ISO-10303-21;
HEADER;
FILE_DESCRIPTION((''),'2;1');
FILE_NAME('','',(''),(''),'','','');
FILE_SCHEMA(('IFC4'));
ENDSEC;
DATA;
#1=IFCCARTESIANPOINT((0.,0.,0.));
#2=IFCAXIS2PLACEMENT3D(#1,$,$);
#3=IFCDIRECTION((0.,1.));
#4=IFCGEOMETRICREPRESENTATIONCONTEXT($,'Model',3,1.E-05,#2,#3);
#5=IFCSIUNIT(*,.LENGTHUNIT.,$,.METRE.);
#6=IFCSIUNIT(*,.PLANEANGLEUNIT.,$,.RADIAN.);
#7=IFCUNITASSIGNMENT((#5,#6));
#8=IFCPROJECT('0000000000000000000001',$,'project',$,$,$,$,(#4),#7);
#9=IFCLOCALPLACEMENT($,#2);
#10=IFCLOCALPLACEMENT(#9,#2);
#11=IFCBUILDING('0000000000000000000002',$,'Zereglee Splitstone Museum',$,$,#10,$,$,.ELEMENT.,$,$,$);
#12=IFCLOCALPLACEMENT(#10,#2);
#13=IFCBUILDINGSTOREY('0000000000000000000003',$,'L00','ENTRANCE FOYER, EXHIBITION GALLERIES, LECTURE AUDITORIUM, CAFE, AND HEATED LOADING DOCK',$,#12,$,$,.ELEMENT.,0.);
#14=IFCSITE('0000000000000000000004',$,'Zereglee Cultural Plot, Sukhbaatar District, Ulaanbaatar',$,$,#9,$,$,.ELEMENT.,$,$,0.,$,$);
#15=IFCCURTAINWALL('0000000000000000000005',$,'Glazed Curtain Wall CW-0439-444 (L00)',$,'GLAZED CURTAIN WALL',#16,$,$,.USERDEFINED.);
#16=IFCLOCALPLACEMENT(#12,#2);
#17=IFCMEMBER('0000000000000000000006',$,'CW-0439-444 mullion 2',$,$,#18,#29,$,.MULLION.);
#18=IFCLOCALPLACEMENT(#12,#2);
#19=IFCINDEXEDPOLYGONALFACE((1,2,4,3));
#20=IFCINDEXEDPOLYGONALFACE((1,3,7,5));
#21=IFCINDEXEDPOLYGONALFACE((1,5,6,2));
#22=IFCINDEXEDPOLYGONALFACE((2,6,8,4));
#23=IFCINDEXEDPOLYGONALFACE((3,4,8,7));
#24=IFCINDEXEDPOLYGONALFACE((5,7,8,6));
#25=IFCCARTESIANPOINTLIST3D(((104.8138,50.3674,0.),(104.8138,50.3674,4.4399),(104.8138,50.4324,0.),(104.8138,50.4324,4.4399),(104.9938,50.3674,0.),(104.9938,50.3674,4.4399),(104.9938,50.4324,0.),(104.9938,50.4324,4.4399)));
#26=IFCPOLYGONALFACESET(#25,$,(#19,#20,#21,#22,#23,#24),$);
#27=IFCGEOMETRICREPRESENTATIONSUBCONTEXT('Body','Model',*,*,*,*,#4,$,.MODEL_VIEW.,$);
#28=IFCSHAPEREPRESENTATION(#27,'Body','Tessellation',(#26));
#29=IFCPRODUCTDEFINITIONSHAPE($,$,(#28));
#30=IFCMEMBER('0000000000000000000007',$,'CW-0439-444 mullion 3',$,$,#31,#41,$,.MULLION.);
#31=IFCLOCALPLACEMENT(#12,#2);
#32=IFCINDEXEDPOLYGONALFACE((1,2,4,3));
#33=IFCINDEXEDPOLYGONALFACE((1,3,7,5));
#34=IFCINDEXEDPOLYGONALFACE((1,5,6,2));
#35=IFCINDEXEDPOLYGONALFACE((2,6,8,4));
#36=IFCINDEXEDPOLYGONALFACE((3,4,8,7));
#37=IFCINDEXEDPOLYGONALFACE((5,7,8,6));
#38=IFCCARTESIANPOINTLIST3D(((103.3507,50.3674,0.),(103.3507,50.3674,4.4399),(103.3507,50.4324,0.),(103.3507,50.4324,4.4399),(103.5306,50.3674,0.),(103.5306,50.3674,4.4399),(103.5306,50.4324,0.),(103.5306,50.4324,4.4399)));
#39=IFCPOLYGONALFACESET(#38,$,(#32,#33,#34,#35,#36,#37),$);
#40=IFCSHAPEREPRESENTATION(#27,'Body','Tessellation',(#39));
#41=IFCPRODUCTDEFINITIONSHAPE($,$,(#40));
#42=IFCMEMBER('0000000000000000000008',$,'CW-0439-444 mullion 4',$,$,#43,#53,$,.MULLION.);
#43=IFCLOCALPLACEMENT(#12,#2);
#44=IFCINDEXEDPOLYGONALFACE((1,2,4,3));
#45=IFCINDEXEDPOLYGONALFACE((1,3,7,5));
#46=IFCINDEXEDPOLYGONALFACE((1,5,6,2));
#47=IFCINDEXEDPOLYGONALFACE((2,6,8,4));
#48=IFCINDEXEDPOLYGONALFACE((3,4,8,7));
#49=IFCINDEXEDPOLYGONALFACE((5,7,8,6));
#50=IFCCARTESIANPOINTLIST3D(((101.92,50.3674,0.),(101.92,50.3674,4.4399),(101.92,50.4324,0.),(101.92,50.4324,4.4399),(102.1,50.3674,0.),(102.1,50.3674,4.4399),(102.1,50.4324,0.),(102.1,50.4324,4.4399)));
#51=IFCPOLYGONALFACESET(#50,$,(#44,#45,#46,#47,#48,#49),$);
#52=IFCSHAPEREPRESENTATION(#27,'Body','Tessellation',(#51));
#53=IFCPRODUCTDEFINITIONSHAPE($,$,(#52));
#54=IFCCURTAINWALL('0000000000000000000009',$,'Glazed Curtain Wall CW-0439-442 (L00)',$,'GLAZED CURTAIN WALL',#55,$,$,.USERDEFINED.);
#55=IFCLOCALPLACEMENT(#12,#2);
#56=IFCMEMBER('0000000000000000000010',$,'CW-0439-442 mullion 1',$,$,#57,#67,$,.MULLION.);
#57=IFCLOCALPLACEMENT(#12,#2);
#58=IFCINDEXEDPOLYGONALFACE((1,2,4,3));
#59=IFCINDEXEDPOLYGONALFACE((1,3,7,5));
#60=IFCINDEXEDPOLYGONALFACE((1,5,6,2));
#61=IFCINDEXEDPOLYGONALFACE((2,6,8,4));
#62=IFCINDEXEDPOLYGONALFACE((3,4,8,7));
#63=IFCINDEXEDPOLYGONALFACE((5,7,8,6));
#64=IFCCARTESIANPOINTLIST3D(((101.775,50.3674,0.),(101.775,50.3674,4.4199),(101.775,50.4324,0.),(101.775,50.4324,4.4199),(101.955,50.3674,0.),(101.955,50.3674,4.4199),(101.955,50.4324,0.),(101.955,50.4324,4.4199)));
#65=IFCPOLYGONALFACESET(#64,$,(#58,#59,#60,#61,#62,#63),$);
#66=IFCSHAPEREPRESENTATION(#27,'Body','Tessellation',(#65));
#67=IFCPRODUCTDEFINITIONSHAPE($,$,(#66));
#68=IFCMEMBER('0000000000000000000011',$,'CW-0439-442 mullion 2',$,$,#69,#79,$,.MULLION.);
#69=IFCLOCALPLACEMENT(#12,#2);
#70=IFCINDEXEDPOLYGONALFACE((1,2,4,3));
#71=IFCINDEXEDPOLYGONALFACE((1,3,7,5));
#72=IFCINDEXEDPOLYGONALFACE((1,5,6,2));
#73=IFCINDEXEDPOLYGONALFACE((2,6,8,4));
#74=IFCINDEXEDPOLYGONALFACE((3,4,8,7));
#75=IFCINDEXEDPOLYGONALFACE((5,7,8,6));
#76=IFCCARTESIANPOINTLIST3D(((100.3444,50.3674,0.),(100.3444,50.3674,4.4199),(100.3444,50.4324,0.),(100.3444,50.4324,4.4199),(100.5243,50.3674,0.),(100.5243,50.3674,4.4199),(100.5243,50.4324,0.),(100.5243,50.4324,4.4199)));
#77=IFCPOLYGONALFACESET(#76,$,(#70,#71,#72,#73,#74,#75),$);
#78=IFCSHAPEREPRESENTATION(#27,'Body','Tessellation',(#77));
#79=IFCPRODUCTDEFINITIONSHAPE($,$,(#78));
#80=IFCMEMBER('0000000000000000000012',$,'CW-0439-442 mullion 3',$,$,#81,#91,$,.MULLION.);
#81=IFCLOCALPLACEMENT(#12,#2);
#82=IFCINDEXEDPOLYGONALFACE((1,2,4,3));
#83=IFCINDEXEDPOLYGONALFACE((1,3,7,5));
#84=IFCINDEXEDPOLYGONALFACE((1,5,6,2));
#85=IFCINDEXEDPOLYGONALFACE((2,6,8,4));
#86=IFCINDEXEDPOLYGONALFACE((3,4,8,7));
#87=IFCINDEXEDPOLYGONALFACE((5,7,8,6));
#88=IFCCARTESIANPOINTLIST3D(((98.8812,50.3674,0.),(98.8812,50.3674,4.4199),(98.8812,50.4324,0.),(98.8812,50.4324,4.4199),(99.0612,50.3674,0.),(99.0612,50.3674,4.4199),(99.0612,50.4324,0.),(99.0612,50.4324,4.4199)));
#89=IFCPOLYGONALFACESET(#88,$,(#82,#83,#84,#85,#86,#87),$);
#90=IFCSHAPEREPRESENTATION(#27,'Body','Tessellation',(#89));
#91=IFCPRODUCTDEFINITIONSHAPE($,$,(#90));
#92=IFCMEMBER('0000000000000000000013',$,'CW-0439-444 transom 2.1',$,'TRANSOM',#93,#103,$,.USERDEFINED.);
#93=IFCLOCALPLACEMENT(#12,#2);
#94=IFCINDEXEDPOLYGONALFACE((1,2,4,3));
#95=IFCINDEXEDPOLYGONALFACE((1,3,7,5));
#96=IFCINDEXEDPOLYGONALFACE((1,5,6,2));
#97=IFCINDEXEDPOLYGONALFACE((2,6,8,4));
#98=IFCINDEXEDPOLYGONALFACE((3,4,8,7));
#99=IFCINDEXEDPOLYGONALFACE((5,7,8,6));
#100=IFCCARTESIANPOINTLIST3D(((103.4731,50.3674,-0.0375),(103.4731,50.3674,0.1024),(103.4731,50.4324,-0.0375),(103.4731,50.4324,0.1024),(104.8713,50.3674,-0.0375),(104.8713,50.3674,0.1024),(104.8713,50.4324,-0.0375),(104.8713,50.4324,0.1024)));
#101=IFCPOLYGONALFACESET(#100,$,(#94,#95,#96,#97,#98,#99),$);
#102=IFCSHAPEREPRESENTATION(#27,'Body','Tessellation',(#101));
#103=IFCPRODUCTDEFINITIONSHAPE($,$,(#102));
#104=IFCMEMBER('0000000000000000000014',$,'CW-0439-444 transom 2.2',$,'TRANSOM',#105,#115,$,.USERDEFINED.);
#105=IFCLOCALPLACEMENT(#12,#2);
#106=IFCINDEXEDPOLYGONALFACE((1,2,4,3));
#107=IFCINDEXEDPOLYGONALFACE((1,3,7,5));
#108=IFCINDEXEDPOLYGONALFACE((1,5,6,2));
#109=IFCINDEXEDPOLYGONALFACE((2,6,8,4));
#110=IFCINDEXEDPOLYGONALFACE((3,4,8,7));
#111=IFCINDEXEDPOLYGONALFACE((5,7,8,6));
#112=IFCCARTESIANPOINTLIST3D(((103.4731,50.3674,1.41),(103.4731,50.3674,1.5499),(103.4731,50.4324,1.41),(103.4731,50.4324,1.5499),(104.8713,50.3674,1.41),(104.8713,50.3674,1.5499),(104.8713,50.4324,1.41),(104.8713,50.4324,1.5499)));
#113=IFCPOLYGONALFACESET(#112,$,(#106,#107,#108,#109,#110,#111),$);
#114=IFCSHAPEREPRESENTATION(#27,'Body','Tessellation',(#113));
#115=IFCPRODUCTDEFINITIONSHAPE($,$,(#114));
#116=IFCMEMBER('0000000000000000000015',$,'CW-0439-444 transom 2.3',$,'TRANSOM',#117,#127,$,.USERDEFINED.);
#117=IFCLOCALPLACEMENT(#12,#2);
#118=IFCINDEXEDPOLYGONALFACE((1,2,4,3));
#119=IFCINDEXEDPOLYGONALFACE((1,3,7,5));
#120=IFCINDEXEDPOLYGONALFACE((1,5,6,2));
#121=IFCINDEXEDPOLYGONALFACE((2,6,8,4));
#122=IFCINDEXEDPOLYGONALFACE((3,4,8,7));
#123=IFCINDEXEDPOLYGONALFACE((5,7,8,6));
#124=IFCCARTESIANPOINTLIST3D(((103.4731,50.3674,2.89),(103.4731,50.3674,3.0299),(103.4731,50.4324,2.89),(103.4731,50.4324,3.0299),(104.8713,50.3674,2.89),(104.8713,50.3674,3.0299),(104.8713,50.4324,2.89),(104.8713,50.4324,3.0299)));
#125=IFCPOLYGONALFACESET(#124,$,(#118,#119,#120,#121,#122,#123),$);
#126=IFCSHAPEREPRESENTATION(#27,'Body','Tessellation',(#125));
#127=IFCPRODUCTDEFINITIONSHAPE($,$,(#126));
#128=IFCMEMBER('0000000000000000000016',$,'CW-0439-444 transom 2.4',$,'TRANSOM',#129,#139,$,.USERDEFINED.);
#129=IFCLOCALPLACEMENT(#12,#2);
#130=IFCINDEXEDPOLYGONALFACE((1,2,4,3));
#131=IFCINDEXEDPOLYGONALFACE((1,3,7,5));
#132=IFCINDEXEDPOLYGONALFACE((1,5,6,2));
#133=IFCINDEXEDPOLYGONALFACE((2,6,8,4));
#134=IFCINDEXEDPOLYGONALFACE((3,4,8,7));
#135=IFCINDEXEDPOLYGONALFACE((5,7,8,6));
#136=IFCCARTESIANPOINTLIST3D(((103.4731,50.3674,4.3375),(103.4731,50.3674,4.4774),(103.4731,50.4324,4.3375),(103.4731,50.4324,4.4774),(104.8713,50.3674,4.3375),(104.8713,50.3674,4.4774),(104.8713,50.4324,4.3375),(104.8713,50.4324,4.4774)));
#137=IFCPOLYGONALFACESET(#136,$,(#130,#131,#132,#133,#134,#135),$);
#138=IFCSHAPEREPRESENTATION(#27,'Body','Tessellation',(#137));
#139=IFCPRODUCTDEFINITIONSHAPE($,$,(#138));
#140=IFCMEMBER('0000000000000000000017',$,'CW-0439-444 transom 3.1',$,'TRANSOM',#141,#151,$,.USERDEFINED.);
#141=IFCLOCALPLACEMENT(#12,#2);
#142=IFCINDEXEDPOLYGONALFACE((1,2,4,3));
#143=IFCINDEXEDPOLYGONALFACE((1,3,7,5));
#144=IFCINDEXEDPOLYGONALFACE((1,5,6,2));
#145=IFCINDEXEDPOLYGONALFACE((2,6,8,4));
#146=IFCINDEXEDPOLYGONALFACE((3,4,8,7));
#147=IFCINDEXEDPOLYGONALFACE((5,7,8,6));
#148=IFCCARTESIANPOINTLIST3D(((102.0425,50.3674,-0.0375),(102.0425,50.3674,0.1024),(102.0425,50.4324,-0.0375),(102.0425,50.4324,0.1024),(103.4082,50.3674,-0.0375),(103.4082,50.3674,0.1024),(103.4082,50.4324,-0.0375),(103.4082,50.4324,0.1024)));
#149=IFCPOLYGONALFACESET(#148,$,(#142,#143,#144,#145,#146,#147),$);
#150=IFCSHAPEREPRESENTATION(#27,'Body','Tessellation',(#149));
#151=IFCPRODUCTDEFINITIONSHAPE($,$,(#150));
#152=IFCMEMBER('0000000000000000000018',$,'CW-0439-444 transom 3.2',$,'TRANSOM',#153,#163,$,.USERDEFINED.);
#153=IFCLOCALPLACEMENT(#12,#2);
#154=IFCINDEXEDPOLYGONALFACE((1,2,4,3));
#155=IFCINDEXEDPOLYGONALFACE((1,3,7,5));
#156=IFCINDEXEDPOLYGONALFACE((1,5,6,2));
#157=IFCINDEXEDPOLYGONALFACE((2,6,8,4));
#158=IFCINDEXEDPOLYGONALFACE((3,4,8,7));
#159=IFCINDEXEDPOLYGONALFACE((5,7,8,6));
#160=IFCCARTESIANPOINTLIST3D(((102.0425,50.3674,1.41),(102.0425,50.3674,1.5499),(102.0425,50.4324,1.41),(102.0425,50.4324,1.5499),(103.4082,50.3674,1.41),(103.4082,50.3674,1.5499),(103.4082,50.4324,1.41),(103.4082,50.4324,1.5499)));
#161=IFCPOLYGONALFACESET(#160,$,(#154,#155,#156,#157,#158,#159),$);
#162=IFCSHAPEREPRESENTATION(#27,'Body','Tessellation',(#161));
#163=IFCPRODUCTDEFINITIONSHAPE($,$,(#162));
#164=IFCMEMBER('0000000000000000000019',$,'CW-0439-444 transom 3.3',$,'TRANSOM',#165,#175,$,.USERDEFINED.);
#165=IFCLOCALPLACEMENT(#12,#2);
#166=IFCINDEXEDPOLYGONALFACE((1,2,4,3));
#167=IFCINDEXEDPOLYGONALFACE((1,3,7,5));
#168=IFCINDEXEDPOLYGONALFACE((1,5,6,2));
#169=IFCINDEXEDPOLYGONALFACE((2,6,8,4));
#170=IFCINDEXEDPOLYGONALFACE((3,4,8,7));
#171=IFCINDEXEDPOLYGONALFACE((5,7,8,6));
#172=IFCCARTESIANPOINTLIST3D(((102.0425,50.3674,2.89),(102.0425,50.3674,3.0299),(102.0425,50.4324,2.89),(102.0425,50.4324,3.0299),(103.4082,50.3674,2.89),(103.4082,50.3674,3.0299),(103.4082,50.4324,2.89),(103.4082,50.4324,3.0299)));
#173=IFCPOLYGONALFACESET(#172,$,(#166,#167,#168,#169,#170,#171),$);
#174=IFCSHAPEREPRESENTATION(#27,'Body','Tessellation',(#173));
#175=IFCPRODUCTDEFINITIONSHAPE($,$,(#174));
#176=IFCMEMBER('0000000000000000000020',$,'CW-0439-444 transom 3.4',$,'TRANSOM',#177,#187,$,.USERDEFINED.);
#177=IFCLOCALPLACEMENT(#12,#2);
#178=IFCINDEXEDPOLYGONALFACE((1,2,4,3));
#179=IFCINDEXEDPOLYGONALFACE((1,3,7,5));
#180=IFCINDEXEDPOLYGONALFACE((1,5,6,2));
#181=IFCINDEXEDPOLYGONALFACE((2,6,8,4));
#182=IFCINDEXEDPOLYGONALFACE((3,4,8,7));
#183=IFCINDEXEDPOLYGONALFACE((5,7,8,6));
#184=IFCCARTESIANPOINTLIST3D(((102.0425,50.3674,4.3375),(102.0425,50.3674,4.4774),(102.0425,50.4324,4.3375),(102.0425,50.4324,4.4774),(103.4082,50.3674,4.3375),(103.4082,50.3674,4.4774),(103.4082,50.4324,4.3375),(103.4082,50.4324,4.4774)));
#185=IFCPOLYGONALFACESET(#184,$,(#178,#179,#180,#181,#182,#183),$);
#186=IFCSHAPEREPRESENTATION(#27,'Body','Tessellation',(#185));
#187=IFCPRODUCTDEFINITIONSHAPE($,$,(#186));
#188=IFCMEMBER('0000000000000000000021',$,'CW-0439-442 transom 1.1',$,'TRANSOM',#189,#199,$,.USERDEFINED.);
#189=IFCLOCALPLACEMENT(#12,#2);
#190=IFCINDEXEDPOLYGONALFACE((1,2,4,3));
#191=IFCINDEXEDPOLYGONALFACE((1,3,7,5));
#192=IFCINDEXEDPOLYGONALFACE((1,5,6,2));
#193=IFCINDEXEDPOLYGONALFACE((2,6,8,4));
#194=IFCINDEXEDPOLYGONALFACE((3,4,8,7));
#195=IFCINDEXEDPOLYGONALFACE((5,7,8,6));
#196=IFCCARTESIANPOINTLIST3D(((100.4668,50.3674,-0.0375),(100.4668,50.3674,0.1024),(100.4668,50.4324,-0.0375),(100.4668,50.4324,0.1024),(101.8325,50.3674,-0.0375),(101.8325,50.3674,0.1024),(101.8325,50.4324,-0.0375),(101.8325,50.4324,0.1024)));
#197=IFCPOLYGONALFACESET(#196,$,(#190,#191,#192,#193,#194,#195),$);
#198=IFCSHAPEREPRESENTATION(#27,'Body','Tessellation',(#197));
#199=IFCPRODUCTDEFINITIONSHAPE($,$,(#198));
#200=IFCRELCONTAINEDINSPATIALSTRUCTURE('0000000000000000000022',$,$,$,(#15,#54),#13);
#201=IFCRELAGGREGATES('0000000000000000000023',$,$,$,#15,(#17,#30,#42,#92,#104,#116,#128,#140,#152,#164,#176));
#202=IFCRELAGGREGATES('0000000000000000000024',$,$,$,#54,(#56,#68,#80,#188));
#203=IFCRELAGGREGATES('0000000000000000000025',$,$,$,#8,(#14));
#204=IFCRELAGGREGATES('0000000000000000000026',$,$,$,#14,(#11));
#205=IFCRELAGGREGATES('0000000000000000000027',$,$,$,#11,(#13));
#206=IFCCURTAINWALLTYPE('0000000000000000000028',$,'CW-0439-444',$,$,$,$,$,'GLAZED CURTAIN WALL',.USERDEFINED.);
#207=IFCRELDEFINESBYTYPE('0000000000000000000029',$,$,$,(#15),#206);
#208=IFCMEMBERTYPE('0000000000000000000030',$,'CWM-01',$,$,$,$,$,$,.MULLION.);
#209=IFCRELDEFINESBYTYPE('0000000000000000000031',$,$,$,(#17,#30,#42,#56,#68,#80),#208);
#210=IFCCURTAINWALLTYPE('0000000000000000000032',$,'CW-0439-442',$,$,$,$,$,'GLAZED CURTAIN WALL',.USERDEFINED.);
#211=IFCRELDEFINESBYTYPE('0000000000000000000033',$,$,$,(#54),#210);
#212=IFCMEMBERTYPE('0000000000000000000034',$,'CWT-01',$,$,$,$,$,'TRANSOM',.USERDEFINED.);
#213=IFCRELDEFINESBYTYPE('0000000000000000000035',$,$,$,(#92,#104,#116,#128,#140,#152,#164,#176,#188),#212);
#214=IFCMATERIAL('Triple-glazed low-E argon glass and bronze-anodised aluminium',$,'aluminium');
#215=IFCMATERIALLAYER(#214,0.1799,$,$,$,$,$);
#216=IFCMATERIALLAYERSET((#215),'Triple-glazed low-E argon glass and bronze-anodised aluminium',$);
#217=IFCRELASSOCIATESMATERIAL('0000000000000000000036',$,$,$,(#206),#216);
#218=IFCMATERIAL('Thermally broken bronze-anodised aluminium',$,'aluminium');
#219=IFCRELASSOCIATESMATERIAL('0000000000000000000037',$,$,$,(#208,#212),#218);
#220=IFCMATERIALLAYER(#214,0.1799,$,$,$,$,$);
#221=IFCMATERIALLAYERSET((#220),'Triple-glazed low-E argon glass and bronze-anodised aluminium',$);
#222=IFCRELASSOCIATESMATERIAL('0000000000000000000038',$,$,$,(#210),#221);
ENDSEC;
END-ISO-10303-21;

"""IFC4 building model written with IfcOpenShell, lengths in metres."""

from ifc_helpers import new_model, si_unit, direction, frame, origin, origin_2d, place, context, subcontext, project, spatial, rectangle, extrude, material, layer, layer_set, material_profile, profile_set, type_object, element, aggregate, save


model = new_model("IFC4")

# Units and contexts
model_context = context("Model", 3, precision=1e-05, world=origin(), true_north=direction((0.0, 1.0)))
body_context = subcontext(model_context, "Body", "Model", "MODEL_VIEW")
ifc_project = project(units=[si_unit("LENGTHUNIT", "METRE"), si_unit("PLANEANGLEUNIT", "RADIAN")], contexts=[model_context])

# Site, building, storey
site_placement = place(None, origin())
site = spatial("IfcSite", under=ifc_project, at=site_placement, Name="Zereglee Cultural Plot, Sukhbaatar District, Ulaanbaatar", CompositionType="ELEMENT", RefElevation=0.0)
building_placement = place(site_placement, origin())
building = spatial("IfcBuilding", under=site, at=building_placement, Name="Zereglee Splitstone Museum", CompositionType="ELEMENT")
storey_placement = place(building_placement, origin())
storey = spatial("IfcBuildingStorey", under=building, at=storey_placement, Name="L00", Description="ENTRANCE FOYER, EXHIBITION GALLERIES, LECTURE AUDITORIUM, CAFE, AND HEATED LOADING DOCK", CompositionType="ELEMENT", Elevation=0.0)

# Curtain walls, members
ifc_material_1 = material(Name="Triple-glazed low-E argon glass and bronze-anodised aluminium", Category="aluminium")
ifc_layer_1 = layer(ifc_material_1, 0.1799)
ifc_layer_set_1 = layer_set([ifc_layer_1], Name="Triple-glazed low-E argon glass and bronze-anodised aluminium")
curtain_wall_type_1 = type_object("IfcCurtainWallType", Name="CW-0439-444", ElementType="GLAZED CURTAIN WALL", PredefinedType="USERDEFINED", material=ifc_layer_set_1)
curtain_wall_1_placement = place(storey_placement, origin())
curtain_wall_1 = element("IfcCurtainWall", 1, at=curtain_wall_1_placement, inside=storey, type_object=curtain_wall_type_1, Name="Glazed Curtain Wall CW-0439-444 (L00)", ObjectType="GLAZED CURTAIN WALL", PredefinedType="USERDEFINED")
ifc_material_2 = material(Name="Thermally broken bronze-anodised aluminium", Category="aluminium")
ifc_material_profile_1 = material_profile(ifc_material_2, rectangle(XDim=0.0649, YDim=0.1799, at=origin_2d()), Name="CW MULL 65x180")
ifc_profile_set_1 = profile_set([ifc_material_profile_1], Name="Thermally broken bronze-anodised aluminium")
member_type_1 = type_object("IfcMemberType", Name="CWM-01", PredefinedType="MULLION", material=ifc_profile_set_1)
member_1_placement = place(storey_placement, frame((104.9038, 50.3999, 0.0), z_axis=(0.0, 0.0, 1.0), x_axis=(0.0, -1.0, 0.0)))
member_1 = element("IfcMember", 2, at=member_1_placement, type_object=member_type_1, Name="CW-0439-444 mullion 2", PredefinedType="MULLION", context=body_context, shape_type="SweptSolid", body=[
    extrude(rectangle(XDim=0.0649, YDim=0.1799, at=origin_2d()), origin(), (0.0, 0.0, 1.0), 4.4399),
])
member_2_placement = place(storey_placement, frame((103.4407, 50.3999, 0.0), z_axis=(0.0, 0.0, 1.0), x_axis=(0.0, -1.0, 0.0)))
member_2 = element("IfcMember", 3, at=member_2_placement, type_object=member_type_1, Name="CW-0439-444 mullion 3", PredefinedType="MULLION", context=body_context, shape_type="SweptSolid", body=[
    extrude(rectangle(XDim=0.0649, YDim=0.1799, at=origin_2d()), origin(), (0.0, 0.0, 1.0), 4.4399),
])
member_3_placement = place(storey_placement, frame((102.01, 50.3999, 0.0), z_axis=(0.0, 0.0, 1.0), x_axis=(0.0, -1.0, 0.0)))
member_3 = element("IfcMember", 4, at=member_3_placement, type_object=member_type_1, Name="CW-0439-444 mullion 4", PredefinedType="MULLION", context=body_context, shape_type="SweptSolid", body=[
    extrude(rectangle(XDim=0.0649, YDim=0.1799, at=origin_2d()), origin(), (0.0, 0.0, 1.0), 4.4399),
])
ifc_layer_2 = layer(ifc_material_1, 0.1799)
ifc_layer_set_2 = layer_set([ifc_layer_2], Name="Triple-glazed low-E argon glass and bronze-anodised aluminium")
curtain_wall_type_2 = type_object("IfcCurtainWallType", Name="CW-0439-442", ElementType="GLAZED CURTAIN WALL", PredefinedType="USERDEFINED", material=ifc_layer_set_2)
curtain_wall_2_placement = place(storey_placement, origin())
curtain_wall_2 = element("IfcCurtainWall", 5, at=curtain_wall_2_placement, inside=storey, type_object=curtain_wall_type_2, Name="Glazed Curtain Wall CW-0439-442 (L00)", ObjectType="GLAZED CURTAIN WALL", PredefinedType="USERDEFINED")
member_4_placement = place(storey_placement, frame((101.865, 50.3999, 0.0), z_axis=(0.0, 0.0, 1.0), x_axis=(0.0, -1.0, 0.0)))
member_4 = element("IfcMember", 6, at=member_4_placement, type_object=member_type_1, Name="CW-0439-442 mullion 1", PredefinedType="MULLION", context=body_context, shape_type="SweptSolid", body=[
    extrude(rectangle(XDim=0.0649, YDim=0.1799, at=origin_2d()), origin(), (0.0, 0.0, 1.0), 4.4199),
])
member_5_placement = place(storey_placement, frame((100.4343, 50.3999, 0.0), z_axis=(0.0, 0.0, 1.0), x_axis=(0.0, -1.0, 0.0)))
member_5 = element("IfcMember", 7, at=member_5_placement, type_object=member_type_1, Name="CW-0439-442 mullion 2", PredefinedType="MULLION", context=body_context, shape_type="SweptSolid", body=[
    extrude(rectangle(XDim=0.0649, YDim=0.1799, at=origin_2d()), origin(), (0.0, 0.0, 1.0), 4.4199),
])
member_6_placement = place(storey_placement, frame((98.9712, 50.3999, 0.0), z_axis=(0.0, 0.0, 1.0), x_axis=(0.0, -1.0, 0.0)))
member_6 = element("IfcMember", 8, at=member_6_placement, type_object=member_type_1, Name="CW-0439-442 mullion 3", PredefinedType="MULLION", context=body_context, shape_type="SweptSolid", body=[
    extrude(rectangle(XDim=0.0649, YDim=0.1799, at=origin_2d()), origin(), (0.0, 0.0, 1.0), 4.4199),
])

# Members
ifc_material_profile_2 = material_profile(ifc_material_2, rectangle(XDim=0.0649, YDim=0.1399, at=origin_2d()), Name="CW TRAN 65x140")
ifc_profile_set_2 = profile_set([ifc_material_profile_2], Name="Thermally broken bronze-anodised aluminium")
member_type_2 = type_object("IfcMemberType", Name="CWT-01", ElementType="TRANSOM", PredefinedType="USERDEFINED", material=ifc_profile_set_2)
member_7_placement = place(storey_placement, frame((104.8713, 50.3999, 0.0325), z_axis=(-1.0, 0.0, 0.0), x_axis=(0.0, -1.0, 0.0)))
member_7 = element("IfcMember", 9, at=member_7_placement, type_object=member_type_2, Name="CW-0439-444 transom 2.1", ObjectType="TRANSOM", PredefinedType="USERDEFINED", context=body_context, shape_type="SweptSolid", body=[
    extrude(rectangle(XDim=0.0649, YDim=0.1399, at=origin_2d()), origin(), (0.0, 0.0, 1.0), 1.3982),
])
member_8_placement = place(storey_placement, frame((104.8713, 50.3999, 1.48), z_axis=(-1.0, 0.0, 0.0), x_axis=(0.0, -1.0, 0.0)))
member_8 = element("IfcMember", 10, at=member_8_placement, type_object=member_type_2, Name="CW-0439-444 transom 2.2", ObjectType="TRANSOM", PredefinedType="USERDEFINED", context=body_context, shape_type="SweptSolid", body=[
    extrude(rectangle(XDim=0.0649, YDim=0.1399, at=origin_2d()), origin(), (0.0, 0.0, 1.0), 1.3982),
])
member_9_placement = place(storey_placement, frame((104.8713, 50.3999, 2.96), z_axis=(-1.0, 0.0, 0.0), x_axis=(0.0, -1.0, 0.0)))
member_9 = element("IfcMember", 11, at=member_9_placement, type_object=member_type_2, Name="CW-0439-444 transom 2.3", ObjectType="TRANSOM", PredefinedType="USERDEFINED", context=body_context, shape_type="SweptSolid", body=[
    extrude(rectangle(XDim=0.0649, YDim=0.1399, at=origin_2d()), origin(), (0.0, 0.0, 1.0), 1.3982),
])
member_10_placement = place(storey_placement, frame((104.8713, 50.3999, 4.4075), z_axis=(-1.0, 0.0, 0.0), x_axis=(0.0, -1.0, 0.0)))
member_10 = element("IfcMember", 12, at=member_10_placement, type_object=member_type_2, Name="CW-0439-444 transom 2.4", ObjectType="TRANSOM", PredefinedType="USERDEFINED", context=body_context, shape_type="SweptSolid", body=[
    extrude(rectangle(XDim=0.0649, YDim=0.1399, at=origin_2d()), origin(), (0.0, 0.0, 1.0), 1.3982),
])
member_11_placement = place(storey_placement, frame((103.4082, 50.3999, 0.0325), z_axis=(-1.0, 0.0, 0.0), x_axis=(0.0, -1.0, 0.0)))
member_11 = element("IfcMember", 13, at=member_11_placement, type_object=member_type_2, Name="CW-0439-444 transom 3.1", ObjectType="TRANSOM", PredefinedType="USERDEFINED", context=body_context, shape_type="SweptSolid", body=[
    extrude(rectangle(XDim=0.0649, YDim=0.1399, at=origin_2d()), origin(), (0.0, 0.0, 1.0), 1.3657),
])
member_12_placement = place(storey_placement, frame((103.4082, 50.3999, 1.48), z_axis=(-1.0, 0.0, 0.0), x_axis=(0.0, -1.0, 0.0)))
member_12 = element("IfcMember", 14, at=member_12_placement, type_object=member_type_2, Name="CW-0439-444 transom 3.2", ObjectType="TRANSOM", PredefinedType="USERDEFINED", context=body_context, shape_type="SweptSolid", body=[
    extrude(rectangle(XDim=0.0649, YDim=0.1399, at=origin_2d()), origin(), (0.0, 0.0, 1.0), 1.3657),
])
member_13_placement = place(storey_placement, frame((103.4082, 50.3999, 2.96), z_axis=(-1.0, 0.0, 0.0), x_axis=(0.0, -1.0, 0.0)))
member_13 = element("IfcMember", 15, at=member_13_placement, type_object=member_type_2, Name="CW-0439-444 transom 3.3", ObjectType="TRANSOM", PredefinedType="USERDEFINED", context=body_context, shape_type="SweptSolid", body=[
    extrude(rectangle(XDim=0.0649, YDim=0.1399, at=origin_2d()), origin(), (0.0, 0.0, 1.0), 1.3657),
])
member_14_placement = place(storey_placement, frame((103.4082, 50.3999, 4.4075), z_axis=(-1.0, 0.0, 0.0), x_axis=(0.0, -1.0, 0.0)))
member_14 = element("IfcMember", 16, at=member_14_placement, type_object=member_type_2, Name="CW-0439-444 transom 3.4", ObjectType="TRANSOM", PredefinedType="USERDEFINED", context=body_context, shape_type="SweptSolid", body=[
    extrude(rectangle(XDim=0.0649, YDim=0.1399, at=origin_2d()), origin(), (0.0, 0.0, 1.0), 1.3657),
])
member_15_placement = place(storey_placement, frame((101.8325, 50.3999, 0.0325), z_axis=(-1.0, 0.0, 0.0), x_axis=(0.0, -1.0, 0.0)))
member_15 = element("IfcMember", 17, at=member_15_placement, type_object=member_type_2, Name="CW-0439-442 transom 1.1", ObjectType="TRANSOM", PredefinedType="USERDEFINED", context=body_context, shape_type="SweptSolid", body=[
    extrude(rectangle(XDim=0.0649, YDim=0.1399, at=origin_2d()), origin(), (0.0, 0.0, 1.0), 1.3657),
])

aggregate(curtain_wall_1, [member_1, member_2, member_3, member_7, member_8, member_9, member_10, member_11, member_12, member_13, member_14])
aggregate(curtain_wall_2, [member_4, member_5, member_6, member_15])

save(model, "model.ifc")
